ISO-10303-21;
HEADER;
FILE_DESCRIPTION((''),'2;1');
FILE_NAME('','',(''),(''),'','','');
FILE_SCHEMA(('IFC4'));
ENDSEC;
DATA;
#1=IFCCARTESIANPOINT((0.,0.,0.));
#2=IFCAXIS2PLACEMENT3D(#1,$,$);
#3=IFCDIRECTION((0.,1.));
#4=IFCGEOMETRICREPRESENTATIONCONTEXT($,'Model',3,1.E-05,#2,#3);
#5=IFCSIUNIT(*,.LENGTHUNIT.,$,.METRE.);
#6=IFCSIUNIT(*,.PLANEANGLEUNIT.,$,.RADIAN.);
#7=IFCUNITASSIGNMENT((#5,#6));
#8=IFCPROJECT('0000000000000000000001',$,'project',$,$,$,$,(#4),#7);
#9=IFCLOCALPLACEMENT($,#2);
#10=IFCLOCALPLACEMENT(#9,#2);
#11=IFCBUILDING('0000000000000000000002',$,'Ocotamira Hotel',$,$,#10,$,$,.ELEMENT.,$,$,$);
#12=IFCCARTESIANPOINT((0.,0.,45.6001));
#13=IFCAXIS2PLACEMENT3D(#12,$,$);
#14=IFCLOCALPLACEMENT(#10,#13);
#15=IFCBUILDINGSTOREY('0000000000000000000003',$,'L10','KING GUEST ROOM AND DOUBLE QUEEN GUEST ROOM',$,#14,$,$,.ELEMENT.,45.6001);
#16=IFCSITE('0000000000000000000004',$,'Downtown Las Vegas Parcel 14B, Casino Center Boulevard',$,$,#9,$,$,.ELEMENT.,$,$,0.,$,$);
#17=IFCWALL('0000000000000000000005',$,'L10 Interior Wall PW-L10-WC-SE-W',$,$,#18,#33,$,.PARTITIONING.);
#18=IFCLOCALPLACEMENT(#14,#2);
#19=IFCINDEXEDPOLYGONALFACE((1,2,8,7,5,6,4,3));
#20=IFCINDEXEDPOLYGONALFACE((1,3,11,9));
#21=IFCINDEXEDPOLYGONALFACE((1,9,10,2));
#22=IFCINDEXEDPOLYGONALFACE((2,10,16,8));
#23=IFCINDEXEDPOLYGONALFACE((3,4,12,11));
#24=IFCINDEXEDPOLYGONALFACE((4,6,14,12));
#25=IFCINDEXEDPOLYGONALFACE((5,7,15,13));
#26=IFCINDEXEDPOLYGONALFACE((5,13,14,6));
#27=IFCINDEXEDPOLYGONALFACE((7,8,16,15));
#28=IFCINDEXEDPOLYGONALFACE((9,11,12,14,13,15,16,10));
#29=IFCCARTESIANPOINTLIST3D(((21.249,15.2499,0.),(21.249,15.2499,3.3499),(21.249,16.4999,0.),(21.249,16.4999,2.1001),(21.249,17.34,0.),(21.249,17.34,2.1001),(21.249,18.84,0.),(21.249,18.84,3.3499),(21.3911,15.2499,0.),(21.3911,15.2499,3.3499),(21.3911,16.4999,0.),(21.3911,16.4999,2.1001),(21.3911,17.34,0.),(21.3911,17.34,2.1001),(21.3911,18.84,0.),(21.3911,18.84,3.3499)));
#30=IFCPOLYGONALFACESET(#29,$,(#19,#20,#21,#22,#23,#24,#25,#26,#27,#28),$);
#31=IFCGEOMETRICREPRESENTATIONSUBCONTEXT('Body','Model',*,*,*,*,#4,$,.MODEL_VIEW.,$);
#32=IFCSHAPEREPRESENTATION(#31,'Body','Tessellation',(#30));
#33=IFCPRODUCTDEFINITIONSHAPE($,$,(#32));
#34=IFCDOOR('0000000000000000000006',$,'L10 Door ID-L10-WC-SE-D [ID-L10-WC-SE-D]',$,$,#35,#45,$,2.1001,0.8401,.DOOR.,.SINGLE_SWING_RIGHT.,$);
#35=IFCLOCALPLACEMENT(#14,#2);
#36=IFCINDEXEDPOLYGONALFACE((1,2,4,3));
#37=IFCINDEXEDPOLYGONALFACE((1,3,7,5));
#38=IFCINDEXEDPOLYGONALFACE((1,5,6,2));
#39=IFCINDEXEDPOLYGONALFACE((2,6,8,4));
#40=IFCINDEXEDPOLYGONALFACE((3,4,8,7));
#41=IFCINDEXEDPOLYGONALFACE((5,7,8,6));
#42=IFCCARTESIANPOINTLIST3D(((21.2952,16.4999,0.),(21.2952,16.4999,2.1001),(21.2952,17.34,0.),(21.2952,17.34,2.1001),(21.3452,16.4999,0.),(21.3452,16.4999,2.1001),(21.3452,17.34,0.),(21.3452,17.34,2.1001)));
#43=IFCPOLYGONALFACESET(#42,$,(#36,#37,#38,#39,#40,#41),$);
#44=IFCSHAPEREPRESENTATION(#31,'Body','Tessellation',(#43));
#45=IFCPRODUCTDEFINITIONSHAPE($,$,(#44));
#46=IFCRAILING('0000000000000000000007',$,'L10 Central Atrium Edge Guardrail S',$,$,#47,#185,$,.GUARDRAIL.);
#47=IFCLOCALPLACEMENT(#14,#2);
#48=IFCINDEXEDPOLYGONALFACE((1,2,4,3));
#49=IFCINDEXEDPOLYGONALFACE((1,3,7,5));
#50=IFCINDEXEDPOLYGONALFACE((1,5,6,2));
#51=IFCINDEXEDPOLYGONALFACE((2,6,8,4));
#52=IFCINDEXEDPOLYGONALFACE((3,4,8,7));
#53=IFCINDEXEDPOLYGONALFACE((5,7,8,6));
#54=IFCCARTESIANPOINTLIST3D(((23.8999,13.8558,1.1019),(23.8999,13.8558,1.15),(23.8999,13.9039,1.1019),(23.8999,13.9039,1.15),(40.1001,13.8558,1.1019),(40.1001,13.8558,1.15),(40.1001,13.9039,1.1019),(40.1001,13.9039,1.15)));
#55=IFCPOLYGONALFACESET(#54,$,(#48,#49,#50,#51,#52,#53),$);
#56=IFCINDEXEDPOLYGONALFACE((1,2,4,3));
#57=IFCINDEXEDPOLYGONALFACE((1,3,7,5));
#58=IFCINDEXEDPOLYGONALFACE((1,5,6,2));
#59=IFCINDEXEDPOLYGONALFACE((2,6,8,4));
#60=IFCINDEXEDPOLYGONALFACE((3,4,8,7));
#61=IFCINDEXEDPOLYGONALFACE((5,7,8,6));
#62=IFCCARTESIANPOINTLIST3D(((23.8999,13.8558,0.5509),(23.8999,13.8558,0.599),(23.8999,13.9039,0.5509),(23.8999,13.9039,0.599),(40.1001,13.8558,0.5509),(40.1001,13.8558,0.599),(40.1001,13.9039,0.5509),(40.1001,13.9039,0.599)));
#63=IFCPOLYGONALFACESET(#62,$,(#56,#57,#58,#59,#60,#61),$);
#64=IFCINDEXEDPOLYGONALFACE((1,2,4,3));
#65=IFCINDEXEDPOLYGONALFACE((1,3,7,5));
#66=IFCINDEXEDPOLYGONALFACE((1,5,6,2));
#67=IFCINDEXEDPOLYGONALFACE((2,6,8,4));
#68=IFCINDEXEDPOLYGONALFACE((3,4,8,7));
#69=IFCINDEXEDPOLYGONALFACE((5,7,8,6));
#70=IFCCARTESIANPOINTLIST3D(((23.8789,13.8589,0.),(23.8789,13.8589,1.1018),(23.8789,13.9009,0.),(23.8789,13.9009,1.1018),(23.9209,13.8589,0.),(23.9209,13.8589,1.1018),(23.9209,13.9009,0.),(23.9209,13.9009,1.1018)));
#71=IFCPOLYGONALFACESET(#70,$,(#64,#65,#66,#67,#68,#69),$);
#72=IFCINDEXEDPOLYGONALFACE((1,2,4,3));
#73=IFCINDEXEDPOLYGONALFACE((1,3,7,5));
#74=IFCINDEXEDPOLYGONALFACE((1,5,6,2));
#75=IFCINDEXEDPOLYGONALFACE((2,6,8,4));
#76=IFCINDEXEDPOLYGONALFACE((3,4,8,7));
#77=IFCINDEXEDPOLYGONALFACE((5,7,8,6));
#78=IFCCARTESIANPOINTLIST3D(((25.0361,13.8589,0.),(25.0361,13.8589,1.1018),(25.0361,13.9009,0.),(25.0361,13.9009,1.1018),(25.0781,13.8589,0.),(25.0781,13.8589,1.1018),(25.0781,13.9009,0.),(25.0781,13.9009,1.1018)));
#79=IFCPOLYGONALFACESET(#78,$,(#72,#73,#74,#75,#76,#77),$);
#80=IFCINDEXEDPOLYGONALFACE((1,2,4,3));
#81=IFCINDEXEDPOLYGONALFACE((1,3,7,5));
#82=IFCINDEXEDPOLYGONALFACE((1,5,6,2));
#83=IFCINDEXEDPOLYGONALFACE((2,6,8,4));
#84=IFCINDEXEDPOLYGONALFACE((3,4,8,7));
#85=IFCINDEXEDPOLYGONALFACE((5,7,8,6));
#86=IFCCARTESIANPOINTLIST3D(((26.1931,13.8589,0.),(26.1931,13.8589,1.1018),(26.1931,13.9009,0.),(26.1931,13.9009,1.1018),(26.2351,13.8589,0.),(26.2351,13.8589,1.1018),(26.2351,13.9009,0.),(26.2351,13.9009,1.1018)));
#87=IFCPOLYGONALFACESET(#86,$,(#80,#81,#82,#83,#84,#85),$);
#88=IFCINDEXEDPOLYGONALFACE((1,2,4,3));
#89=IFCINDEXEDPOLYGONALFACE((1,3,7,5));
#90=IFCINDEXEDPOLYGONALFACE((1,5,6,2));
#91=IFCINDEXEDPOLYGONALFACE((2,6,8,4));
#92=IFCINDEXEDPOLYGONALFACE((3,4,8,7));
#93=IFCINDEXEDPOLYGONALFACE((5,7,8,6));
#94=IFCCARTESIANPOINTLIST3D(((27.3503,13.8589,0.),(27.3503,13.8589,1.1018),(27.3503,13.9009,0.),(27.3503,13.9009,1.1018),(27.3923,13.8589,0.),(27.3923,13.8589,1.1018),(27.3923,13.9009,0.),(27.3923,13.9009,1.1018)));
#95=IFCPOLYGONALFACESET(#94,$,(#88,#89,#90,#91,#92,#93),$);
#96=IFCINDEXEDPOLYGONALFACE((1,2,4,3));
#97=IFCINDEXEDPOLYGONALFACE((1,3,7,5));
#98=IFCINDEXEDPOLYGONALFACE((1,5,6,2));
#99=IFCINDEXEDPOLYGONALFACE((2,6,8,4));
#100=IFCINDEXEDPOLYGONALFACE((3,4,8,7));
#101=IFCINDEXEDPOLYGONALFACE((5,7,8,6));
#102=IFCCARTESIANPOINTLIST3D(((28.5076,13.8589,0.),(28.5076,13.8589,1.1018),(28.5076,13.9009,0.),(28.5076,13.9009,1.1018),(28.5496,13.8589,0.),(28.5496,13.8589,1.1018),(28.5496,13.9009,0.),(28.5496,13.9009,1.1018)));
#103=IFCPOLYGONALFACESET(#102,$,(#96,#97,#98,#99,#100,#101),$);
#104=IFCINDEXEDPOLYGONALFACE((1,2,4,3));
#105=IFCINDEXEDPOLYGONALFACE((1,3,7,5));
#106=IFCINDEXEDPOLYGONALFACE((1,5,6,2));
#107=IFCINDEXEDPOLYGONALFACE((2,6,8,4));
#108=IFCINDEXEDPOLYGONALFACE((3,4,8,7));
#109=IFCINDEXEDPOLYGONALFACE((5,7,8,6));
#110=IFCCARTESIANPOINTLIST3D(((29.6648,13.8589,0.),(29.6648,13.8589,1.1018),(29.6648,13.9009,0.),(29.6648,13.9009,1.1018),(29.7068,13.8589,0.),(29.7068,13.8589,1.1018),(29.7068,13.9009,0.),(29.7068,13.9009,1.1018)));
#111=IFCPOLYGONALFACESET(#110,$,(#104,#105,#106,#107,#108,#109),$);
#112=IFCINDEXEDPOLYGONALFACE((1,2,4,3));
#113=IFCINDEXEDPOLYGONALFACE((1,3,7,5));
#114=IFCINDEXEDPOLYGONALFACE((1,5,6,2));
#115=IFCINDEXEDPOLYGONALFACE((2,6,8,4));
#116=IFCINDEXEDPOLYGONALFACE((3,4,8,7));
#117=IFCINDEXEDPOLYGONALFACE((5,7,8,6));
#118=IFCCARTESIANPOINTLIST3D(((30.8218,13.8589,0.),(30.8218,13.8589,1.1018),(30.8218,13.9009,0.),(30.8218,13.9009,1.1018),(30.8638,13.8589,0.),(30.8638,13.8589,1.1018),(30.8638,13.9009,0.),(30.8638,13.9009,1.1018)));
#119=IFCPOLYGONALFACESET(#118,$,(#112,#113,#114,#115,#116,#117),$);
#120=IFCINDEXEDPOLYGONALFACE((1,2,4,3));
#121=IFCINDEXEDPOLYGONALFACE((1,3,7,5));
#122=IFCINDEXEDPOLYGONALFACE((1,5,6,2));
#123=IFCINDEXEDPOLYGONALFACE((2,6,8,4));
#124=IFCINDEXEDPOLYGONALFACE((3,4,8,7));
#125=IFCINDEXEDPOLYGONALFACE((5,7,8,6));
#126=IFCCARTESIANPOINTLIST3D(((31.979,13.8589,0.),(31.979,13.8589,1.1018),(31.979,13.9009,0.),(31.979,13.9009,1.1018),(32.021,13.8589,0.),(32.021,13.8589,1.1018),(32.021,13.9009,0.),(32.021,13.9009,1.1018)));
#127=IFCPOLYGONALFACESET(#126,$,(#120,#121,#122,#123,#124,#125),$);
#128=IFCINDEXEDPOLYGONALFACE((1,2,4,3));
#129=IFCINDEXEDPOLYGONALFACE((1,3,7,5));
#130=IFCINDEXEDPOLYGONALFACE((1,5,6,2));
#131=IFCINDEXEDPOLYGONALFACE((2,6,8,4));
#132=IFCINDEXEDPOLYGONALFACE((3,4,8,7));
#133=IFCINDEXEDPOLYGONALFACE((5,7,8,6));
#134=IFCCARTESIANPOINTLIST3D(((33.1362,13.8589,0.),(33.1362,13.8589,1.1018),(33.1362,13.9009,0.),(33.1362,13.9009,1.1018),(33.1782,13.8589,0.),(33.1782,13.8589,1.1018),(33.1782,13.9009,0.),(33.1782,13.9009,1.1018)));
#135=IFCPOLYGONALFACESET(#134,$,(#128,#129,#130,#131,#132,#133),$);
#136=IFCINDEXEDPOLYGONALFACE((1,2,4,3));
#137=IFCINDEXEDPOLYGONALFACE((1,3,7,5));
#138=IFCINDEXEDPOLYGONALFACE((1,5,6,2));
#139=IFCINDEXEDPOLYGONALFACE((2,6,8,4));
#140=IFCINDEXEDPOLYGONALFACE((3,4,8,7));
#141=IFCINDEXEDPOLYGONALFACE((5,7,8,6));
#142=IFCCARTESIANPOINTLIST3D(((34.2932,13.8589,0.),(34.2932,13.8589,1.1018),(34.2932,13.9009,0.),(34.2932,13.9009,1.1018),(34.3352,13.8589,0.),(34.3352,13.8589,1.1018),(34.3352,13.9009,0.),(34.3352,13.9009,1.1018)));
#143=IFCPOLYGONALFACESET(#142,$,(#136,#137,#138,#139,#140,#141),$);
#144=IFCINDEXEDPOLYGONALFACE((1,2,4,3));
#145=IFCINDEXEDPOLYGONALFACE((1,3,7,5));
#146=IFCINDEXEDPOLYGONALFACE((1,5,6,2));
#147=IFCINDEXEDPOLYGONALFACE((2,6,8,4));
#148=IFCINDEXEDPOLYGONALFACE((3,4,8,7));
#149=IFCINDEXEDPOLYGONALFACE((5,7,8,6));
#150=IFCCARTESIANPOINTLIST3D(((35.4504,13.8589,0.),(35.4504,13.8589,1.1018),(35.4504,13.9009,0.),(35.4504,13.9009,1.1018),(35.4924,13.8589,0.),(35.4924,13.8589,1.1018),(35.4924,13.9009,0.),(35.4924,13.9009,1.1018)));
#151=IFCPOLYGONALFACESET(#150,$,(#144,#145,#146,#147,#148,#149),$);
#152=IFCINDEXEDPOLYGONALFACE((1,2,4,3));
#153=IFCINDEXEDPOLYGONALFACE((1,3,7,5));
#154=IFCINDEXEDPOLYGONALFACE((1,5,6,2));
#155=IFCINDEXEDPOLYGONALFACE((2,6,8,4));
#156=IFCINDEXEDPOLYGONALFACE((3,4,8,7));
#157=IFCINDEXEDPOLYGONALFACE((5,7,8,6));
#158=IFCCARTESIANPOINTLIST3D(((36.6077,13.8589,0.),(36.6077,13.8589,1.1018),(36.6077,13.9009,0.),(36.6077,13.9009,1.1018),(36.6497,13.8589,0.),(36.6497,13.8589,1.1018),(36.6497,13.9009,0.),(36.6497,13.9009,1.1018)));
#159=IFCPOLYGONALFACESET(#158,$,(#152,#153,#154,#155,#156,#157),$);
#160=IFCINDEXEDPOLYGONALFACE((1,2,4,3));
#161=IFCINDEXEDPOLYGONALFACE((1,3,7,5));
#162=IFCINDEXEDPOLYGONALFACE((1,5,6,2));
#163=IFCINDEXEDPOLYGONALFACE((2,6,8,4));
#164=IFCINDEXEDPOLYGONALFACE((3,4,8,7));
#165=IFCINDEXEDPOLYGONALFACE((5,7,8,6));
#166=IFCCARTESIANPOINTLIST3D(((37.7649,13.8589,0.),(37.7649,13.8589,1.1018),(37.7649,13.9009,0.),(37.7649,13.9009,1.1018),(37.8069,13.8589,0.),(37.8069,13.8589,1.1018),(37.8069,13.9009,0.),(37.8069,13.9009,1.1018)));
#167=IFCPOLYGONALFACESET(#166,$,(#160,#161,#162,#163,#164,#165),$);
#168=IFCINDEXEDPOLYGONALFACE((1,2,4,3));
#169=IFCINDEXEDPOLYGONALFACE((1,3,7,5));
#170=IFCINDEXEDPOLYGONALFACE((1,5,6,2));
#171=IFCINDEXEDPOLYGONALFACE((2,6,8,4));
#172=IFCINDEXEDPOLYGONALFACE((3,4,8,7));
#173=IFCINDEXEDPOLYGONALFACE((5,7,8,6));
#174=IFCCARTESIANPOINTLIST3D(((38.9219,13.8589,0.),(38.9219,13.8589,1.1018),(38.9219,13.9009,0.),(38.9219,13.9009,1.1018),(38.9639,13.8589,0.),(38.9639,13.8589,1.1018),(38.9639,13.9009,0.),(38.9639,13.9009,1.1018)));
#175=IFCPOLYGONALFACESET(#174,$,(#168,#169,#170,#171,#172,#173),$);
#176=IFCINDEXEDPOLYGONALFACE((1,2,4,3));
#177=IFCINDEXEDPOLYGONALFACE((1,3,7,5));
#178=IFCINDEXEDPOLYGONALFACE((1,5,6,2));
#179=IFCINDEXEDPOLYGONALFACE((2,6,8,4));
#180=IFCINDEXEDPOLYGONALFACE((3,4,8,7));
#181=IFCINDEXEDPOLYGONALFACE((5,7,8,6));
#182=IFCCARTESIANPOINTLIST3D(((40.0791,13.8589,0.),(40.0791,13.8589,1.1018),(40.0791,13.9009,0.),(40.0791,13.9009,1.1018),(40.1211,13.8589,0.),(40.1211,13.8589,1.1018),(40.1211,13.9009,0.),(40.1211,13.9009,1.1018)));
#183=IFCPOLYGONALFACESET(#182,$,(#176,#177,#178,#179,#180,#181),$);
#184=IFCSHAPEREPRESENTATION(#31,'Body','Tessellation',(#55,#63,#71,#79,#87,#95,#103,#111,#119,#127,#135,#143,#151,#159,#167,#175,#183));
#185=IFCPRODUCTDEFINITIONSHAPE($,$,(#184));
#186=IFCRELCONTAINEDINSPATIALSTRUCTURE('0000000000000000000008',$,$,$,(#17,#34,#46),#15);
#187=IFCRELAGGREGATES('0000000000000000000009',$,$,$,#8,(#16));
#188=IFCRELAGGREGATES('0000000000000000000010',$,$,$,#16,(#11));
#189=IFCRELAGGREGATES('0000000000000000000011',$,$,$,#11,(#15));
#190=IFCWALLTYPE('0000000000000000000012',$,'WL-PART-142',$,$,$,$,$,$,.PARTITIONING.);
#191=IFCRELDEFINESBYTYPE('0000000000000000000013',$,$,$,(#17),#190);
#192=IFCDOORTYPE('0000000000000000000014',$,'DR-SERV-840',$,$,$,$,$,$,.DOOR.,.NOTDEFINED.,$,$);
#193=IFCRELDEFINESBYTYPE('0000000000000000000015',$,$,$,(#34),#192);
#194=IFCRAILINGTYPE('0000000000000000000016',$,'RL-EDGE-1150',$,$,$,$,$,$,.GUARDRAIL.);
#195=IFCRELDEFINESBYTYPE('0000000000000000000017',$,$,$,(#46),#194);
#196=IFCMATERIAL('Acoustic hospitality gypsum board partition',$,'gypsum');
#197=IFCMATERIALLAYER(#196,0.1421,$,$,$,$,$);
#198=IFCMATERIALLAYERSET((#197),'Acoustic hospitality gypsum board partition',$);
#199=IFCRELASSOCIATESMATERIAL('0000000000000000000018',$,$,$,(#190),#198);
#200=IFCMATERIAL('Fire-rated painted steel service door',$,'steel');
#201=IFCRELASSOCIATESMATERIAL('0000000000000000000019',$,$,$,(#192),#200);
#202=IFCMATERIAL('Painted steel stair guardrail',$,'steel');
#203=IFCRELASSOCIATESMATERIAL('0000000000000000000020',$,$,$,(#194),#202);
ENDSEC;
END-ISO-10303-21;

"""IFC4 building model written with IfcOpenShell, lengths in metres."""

from ifc_helpers import new_model, si_unit, direction, frame, frame_2d, origin, origin_2d, place, context, subcontext, project, spatial, rectangle, extrude, source, transform, mapped, material, layer, layer_set, type_object, element, fill, save


model = new_model("IFC4")

# Units and contexts
model_context = context("Model", 3, precision=1e-05, world=origin(), true_north=direction((0.0, 1.0)))
body_context = subcontext(model_context, "Body", "Model", "MODEL_VIEW")
ifc_project = project(units=[si_unit("LENGTHUNIT", "METRE"), si_unit("PLANEANGLEUNIT", "RADIAN")], contexts=[model_context])

# Site, building, storey
site_placement = place(None, origin())
site = spatial("IfcSite", under=ifc_project, at=site_placement, Name="Downtown Las Vegas Parcel 14B, Casino Center Boulevard", CompositionType="ELEMENT", RefElevation=0.0)
building_placement = place(site_placement, origin())
building = spatial("IfcBuilding", under=site, at=building_placement, Name="Ocotamira Hotel", CompositionType="ELEMENT")
storey_placement = place(building_placement, frame((0.0, 0.0, 45.6001)))
storey = spatial("IfcBuildingStorey", under=building, at=storey_placement, Name="L10", Description="KING GUEST ROOM AND DOUBLE QUEEN GUEST ROOM", CompositionType="ELEMENT", Elevation=45.6001)

# Wall, opening, door
ifc_material_1 = material(Name="Acoustic hospitality gypsum board partition", Category="gypsum")
ifc_layer_1 = layer(ifc_material_1, 0.1421)
ifc_layer_set_1 = layer_set([ifc_layer_1], Name="Acoustic hospitality gypsum board partition")
wall_type_1 = type_object("IfcWallType", Name="WL-PART-142", PredefinedType="PARTITIONING", material=ifc_layer_set_1)
wall_1_placement = place(storey_placement, frame((21.3201, 15.25, 0.0), z_axis=(0.0, 0.0, 1.0), x_axis=(0.0, 1.0, 0.0)))
wall_1 = element("IfcWall", 1, at=wall_1_placement, inside=storey, type_object=wall_type_1, Name="L10 Interior Wall PW-L10-WC-SE-W", PredefinedType="PARTITIONING", context=body_context, shape_type="SweptSolid", body=[
    extrude(rectangle(XDim=3.5901, YDim=0.1421, at=frame_2d((1.7949, 0.0))), origin(), (0.0, 0.0, 1.0), 3.3499),
])
opening_1_placement = place(wall_1_placement, frame((1.25, 0.0, 0.0)))
opening_1 = element("IfcOpeningElement", 2, at=opening_1_placement, cuts=wall_1, PredefinedType="OPENING", context=body_context, shape_type="SweptSolid", body=[
    extrude(rectangle(XDim=0.8401, YDim=2.1001, at=frame_2d((0.4199, 1.05))), frame((0.0, 0.0811, 0.0), z_axis=(0.0, -1.0, 0.0), x_axis=(1.0, 0.0, 0.0)), (0.0, 0.0, 1.0), 0.1621),
])
ifc_material_2 = material(Name="Fire-rated painted steel service door", Category="steel")
door_type_1 = type_object("IfcDoorType", Name="DR-SERV-840", OperationType="NOTDEFINED", PredefinedType="DOOR", material=ifc_material_2)
shared_shape_1 = source(origin(), body_context, "Body", "SweptSolid", [
    extrude(rectangle(XDim=0.8401, YDim=2.1001, at=frame_2d((0.4199, 1.05))), frame((0.0, 0.0249, 0.0), z_axis=(0.0, -1.0, 0.0), x_axis=(1.0, 0.0, 0.0)), (0.0, 0.0, 1.0), 0.05),
])
door_1_placement = place(opening_1_placement, origin())
door_1 = element("IfcDoor", 3, at=door_1_placement, inside=storey, type_object=door_type_1, Name="L10 Door ID-L10-WC-SE-D [ID-L10-WC-SE-D]", OperationType="SINGLE_SWING_RIGHT", OverallHeight=2.1001, OverallWidth=0.8401, PredefinedType="DOOR", context=body_context, shape_type="MappedRepresentation", body=[
    mapped(shared_shape_1, transform((0.0, 0.0, 0.0), scale=1.0)),
])
fill(opening_1, door_1)

# Railing
ifc_material_3 = material(Name="Painted steel stair guardrail", Category="steel")
railing_type = type_object("IfcRailingType", Name="RL-EDGE-1150", PredefinedType="GUARDRAIL", material=ifc_material_3)
railing_placement = place(storey_placement, frame((23.8999, 13.8799, 0.0)))
element("IfcRailing", 4, at=railing_placement, inside=storey, type_object=railing_type, Name="L10 Central Atrium Edge Guardrail S", PredefinedType="GUARDRAIL", context=body_context, shape_type="SweptSolid", body=[
    extrude(rectangle(XDim=0.0481, YDim=0.0481, at=origin_2d()), frame((0.0, 0.0, 1.126), z_axis=(1.0, 0.0, 0.0), x_axis=(0.0, 1.0, 0.0)), (0.0, 0.0, 1.0), 16.2002),
    extrude(rectangle(XDim=0.0481, YDim=0.0481, at=origin_2d()), frame((0.0, 0.0, 0.575), z_axis=(1.0, 0.0, 0.0), x_axis=(0.0, 1.0, 0.0)), (0.0, 0.0, 1.0), 16.2002),
    extrude(rectangle(XDim=0.042, YDim=0.042, at=origin_2d()), origin(), (0.0, 0.0, 1.0), 1.1018),
    extrude(rectangle(XDim=0.042, YDim=0.042, at=origin_2d()), frame((1.1572, 0.0, 0.0)), (0.0, 0.0, 1.0), 1.1018),
    extrude(rectangle(XDim=0.042, YDim=0.042, at=origin_2d()), frame((2.3142, 0.0, 0.0)), (0.0, 0.0, 1.0), 1.1018),
    extrude(rectangle(XDim=0.042, YDim=0.042, at=origin_2d()), frame((3.4714, 0.0, 0.0)), (0.0, 0.0, 1.0), 1.1018),
    extrude(rectangle(XDim=0.042, YDim=0.042, at=origin_2d()), frame((4.6287, 0.0, 0.0)), (0.0, 0.0, 1.0), 1.1018),
    extrude(rectangle(XDim=0.042, YDim=0.042, at=origin_2d()), frame((5.7859, 0.0, 0.0)), (0.0, 0.0, 1.0), 1.1018),
    extrude(rectangle(XDim=0.042, YDim=0.042, at=origin_2d()), frame((6.9429, 0.0, 0.0)), (0.0, 0.0, 1.0), 1.1018),
    extrude(rectangle(XDim=0.042, YDim=0.042, at=origin_2d()), frame((8.1001, 0.0, 0.0)), (0.0, 0.0, 1.0), 1.1018),
    extrude(rectangle(XDim=0.042, YDim=0.042, at=origin_2d()), frame((9.2573, 0.0, 0.0)), (0.0, 0.0, 1.0), 1.1018),
    extrude(rectangle(XDim=0.042, YDim=0.042, at=origin_2d()), frame((10.4143, 0.0, 0.0)), (0.0, 0.0, 1.0), 1.1018),
    extrude(rectangle(XDim=0.042, YDim=0.042, at=origin_2d()), frame((11.5715, 0.0, 0.0)), (0.0, 0.0, 1.0), 1.1018),
    extrude(rectangle(XDim=0.042, YDim=0.042, at=origin_2d()), frame((12.7288, 0.0, 0.0)), (0.0, 0.0, 1.0), 1.1018),
    extrude(rectangle(XDim=0.042, YDim=0.042, at=origin_2d()), frame((13.886, 0.0, 0.0)), (0.0, 0.0, 1.0), 1.1018),
    extrude(rectangle(XDim=0.042, YDim=0.042, at=origin_2d()), frame((15.043, 0.0, 0.0)), (0.0, 0.0, 1.0), 1.1018),
    extrude(rectangle(XDim=0.042, YDim=0.042, at=origin_2d()), frame((16.2002, 0.0, 0.0)), (0.0, 0.0, 1.0), 1.1018),
])

save(model, "model.ifc")
